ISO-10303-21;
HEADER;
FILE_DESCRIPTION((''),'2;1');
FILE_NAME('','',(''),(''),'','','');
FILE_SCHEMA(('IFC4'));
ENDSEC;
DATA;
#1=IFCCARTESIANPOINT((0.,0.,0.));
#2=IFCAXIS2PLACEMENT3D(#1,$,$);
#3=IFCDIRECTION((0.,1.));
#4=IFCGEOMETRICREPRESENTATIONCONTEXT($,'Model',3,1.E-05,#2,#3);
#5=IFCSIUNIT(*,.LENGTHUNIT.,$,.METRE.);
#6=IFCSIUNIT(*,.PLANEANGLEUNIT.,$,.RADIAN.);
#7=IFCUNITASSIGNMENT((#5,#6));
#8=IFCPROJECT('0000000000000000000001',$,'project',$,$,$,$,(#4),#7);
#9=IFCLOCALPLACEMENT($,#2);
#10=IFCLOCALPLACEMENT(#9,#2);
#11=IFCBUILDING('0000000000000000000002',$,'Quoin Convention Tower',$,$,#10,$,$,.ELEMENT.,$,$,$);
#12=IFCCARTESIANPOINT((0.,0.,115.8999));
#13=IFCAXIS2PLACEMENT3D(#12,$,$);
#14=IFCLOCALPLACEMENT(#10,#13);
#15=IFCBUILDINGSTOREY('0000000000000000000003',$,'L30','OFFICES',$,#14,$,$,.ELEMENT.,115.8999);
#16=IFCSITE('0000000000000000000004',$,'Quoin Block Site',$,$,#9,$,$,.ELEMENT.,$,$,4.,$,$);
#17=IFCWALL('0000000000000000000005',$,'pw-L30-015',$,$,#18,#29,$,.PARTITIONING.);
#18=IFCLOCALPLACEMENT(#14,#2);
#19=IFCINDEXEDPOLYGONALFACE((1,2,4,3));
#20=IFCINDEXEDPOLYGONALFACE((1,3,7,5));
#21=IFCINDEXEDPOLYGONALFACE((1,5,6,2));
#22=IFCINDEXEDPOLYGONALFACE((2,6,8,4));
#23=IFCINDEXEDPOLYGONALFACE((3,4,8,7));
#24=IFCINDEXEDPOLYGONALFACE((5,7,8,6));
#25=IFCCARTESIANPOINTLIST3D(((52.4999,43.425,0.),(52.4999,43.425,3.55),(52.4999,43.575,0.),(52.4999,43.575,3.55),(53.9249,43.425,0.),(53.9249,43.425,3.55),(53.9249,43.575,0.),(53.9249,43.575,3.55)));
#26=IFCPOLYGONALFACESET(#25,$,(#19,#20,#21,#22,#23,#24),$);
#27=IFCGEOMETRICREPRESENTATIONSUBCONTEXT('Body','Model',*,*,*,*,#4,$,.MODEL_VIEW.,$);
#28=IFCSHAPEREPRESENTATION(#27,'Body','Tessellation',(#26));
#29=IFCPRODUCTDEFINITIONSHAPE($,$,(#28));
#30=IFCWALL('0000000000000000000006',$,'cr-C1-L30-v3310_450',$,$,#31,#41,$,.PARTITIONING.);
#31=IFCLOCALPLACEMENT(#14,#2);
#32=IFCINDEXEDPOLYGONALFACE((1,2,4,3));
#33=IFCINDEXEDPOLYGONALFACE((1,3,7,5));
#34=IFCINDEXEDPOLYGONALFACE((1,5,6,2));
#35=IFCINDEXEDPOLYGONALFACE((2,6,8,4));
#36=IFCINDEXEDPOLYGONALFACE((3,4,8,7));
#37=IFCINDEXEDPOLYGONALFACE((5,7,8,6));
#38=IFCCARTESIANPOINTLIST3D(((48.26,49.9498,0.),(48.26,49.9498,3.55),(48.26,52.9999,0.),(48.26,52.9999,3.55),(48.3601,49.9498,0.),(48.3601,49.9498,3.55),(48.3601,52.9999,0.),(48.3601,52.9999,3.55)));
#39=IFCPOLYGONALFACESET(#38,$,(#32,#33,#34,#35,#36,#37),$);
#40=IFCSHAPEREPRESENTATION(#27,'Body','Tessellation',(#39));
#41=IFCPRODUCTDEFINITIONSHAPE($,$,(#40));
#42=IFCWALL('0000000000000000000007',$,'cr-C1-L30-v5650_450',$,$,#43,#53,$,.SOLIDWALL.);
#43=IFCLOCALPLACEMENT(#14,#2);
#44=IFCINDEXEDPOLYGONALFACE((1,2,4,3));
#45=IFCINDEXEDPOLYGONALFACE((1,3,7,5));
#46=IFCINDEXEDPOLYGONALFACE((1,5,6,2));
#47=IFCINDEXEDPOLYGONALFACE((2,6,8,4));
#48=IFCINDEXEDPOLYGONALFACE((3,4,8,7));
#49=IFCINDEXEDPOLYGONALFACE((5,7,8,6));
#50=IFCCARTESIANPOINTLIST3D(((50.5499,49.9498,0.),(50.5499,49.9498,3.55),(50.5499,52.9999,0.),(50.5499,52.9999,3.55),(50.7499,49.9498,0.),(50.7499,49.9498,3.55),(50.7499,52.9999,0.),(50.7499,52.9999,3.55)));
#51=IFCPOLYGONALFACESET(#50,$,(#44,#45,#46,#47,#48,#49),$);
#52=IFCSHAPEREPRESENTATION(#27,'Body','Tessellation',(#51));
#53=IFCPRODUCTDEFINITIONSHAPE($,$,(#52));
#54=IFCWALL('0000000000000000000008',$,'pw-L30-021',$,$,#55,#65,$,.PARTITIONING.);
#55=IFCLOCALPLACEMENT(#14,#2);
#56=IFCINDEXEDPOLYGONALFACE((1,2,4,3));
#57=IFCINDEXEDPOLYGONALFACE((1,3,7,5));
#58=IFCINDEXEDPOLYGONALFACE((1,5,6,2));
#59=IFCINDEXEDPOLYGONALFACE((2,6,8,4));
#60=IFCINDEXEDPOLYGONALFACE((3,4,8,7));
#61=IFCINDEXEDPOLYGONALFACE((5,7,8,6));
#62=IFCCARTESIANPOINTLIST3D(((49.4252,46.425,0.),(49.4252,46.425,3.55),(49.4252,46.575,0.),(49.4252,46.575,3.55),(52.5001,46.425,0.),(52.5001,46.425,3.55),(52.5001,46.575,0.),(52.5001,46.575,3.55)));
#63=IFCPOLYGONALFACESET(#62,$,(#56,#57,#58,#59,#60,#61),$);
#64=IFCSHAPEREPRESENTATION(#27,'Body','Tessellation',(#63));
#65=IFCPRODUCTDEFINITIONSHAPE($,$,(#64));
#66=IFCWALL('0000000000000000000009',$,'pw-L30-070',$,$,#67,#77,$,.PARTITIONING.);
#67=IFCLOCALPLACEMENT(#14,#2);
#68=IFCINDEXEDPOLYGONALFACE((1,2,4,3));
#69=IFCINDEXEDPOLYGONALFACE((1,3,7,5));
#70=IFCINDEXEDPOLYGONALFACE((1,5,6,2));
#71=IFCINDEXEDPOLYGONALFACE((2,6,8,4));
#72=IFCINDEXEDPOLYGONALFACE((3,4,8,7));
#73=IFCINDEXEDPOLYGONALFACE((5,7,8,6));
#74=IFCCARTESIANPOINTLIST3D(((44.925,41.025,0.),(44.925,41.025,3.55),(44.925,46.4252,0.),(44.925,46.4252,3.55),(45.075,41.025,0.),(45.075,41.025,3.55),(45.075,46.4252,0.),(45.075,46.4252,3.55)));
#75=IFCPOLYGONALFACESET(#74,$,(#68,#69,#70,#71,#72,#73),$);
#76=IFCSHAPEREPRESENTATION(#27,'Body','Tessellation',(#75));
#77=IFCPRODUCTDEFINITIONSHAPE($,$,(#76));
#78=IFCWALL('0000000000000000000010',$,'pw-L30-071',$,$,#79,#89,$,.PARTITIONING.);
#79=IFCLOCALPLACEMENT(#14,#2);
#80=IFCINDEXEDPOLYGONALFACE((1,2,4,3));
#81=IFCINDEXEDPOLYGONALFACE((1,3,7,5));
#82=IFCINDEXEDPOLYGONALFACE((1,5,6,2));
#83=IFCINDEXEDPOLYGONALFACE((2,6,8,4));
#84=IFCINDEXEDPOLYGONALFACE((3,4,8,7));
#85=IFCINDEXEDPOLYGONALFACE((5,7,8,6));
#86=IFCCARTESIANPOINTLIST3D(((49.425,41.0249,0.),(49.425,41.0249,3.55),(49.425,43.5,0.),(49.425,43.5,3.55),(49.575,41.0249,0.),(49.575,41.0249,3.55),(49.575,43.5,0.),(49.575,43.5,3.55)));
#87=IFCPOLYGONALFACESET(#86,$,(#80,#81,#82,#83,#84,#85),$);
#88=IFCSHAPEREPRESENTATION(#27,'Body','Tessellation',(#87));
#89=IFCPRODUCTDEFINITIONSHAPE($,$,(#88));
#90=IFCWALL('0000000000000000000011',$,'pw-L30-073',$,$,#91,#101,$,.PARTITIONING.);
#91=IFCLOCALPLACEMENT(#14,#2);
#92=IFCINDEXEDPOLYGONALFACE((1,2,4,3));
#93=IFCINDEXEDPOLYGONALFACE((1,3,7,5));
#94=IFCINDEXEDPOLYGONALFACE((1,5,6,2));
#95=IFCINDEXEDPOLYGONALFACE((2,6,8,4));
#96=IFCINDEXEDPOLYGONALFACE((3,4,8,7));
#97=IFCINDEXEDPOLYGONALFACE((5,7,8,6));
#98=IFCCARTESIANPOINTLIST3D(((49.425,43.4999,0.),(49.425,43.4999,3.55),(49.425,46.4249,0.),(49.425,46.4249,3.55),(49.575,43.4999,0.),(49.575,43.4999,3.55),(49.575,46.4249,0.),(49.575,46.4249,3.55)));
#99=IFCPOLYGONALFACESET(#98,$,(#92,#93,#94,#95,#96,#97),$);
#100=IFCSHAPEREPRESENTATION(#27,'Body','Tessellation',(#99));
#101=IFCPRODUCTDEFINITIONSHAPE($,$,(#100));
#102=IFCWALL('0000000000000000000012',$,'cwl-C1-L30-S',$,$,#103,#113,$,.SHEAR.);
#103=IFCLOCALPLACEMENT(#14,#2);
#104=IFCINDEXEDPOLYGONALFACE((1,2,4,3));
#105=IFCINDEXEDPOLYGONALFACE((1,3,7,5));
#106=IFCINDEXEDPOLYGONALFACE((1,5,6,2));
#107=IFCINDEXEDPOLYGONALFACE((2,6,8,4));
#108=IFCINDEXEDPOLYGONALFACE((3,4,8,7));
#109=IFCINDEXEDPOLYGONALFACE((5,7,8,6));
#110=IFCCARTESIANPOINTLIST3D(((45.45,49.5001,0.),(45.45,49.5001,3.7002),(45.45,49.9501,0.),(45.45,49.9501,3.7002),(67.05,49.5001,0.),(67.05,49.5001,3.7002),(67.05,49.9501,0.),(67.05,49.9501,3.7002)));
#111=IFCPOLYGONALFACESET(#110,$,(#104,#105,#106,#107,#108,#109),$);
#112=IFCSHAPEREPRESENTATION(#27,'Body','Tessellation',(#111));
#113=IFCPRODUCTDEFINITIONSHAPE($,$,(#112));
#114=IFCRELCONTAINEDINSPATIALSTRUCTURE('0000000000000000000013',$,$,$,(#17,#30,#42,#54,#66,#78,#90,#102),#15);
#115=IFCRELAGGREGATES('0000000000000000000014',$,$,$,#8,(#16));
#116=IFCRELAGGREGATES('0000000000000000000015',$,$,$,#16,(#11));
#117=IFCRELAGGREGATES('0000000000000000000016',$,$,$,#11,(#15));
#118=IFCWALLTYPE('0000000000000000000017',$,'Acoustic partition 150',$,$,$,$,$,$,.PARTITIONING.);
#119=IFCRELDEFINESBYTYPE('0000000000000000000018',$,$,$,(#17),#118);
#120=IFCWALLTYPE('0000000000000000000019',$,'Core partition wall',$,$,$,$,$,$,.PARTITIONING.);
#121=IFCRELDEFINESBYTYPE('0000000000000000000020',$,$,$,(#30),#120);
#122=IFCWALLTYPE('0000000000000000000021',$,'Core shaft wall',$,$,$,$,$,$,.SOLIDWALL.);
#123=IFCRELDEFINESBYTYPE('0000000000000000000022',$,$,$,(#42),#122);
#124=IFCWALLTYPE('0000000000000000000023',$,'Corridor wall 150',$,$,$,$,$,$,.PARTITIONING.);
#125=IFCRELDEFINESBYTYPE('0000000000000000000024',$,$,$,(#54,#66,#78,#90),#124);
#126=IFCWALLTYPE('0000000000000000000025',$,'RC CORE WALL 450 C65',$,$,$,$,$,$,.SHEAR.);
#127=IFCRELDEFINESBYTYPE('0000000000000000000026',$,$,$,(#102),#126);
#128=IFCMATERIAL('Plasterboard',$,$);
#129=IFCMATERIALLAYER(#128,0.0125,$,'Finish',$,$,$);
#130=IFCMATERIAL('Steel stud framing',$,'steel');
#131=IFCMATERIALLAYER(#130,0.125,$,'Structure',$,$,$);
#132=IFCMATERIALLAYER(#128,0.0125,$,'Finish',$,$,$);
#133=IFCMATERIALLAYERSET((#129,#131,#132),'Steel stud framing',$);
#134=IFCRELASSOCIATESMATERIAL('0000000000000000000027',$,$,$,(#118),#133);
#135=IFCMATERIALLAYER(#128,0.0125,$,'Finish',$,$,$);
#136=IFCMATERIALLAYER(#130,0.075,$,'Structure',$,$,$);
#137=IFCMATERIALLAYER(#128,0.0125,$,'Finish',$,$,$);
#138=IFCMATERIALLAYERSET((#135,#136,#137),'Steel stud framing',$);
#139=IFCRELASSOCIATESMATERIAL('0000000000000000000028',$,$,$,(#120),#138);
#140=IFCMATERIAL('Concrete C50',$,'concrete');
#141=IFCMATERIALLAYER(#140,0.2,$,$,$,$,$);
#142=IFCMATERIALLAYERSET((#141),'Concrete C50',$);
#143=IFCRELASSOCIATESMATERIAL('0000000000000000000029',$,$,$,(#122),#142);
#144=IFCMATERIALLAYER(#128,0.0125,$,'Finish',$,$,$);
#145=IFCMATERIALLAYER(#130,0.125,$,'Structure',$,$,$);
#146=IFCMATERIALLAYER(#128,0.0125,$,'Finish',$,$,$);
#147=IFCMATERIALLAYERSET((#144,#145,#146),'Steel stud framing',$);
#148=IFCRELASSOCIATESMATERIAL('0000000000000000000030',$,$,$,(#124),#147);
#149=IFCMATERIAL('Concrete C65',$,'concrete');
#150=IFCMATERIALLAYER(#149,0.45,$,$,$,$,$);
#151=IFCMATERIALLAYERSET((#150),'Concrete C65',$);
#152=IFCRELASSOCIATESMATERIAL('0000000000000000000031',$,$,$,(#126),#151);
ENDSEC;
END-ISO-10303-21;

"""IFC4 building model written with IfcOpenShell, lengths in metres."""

from ifc_helpers import new_model, si_unit, direction, frame, frame_2d, origin, place, context, subcontext, project, spatial, rectangle, extrude, material, layer, layer_set, type_object, element, save


model = new_model("IFC4")

# Units and contexts
model_context = context("Model", 3, precision=1e-05, world=origin(), true_north=direction((0.0, 1.0)))
body_context = subcontext(model_context, "Body", "Model", "MODEL_VIEW")
ifc_project = project(units=[si_unit("LENGTHUNIT", "METRE"), si_unit("PLANEANGLEUNIT", "RADIAN")], contexts=[model_context])

# Site, building, storey
site_placement = place(None, origin())
site = spatial("IfcSite", under=ifc_project, at=site_placement, Name="Quoin Block Site", CompositionType="ELEMENT", RefElevation=4.0)
building_placement = place(site_placement, origin())
building = spatial("IfcBuilding", under=site, at=building_placement, Name="Quoin Convention Tower", CompositionType="ELEMENT")
storey_placement = place(building_placement, frame((0.0, 0.0, 115.8999)))
storey = spatial("IfcBuildingStorey", under=building, at=storey_placement, Name="L30", Description="OFFICES", CompositionType="ELEMENT", Elevation=115.8999)

# Shared definitions
ifc_material_1 = material(Name="Plasterboard")
ifc_layer_1 = layer(ifc_material_1, 0.0125, Name="Finish")
ifc_material_2 = material(Name="Steel stud framing", Category="steel")
ifc_layer_2 = layer(ifc_material_2, 0.125, Name="Structure")
ifc_layer_3 = layer(ifc_material_1, 0.0125, Name="Finish")
ifc_layer_set_1 = layer_set([ifc_layer_1, ifc_layer_2, ifc_layer_3], Name="Steel stud framing")
wall_type_1 = type_object("IfcWallType", Name="Acoustic partition 150", PredefinedType="PARTITIONING", material=ifc_layer_set_1)

# Walls
wall_1_placement = place(storey_placement, frame((52.5, 43.5, 0.0), z_axis=(0.0, 0.0, 1.0), x_axis=(1.0, 0.0, 0.0)))
element("IfcWall", 1, at=wall_1_placement, inside=storey, type_object=wall_type_1, Name="pw-L30-015", PredefinedType="PARTITIONING", context=body_context, shape_type="SweptSolid", body=[
    extrude(rectangle(XDim=1.425, YDim=0.1499, at=frame_2d((0.7124, 0.0))), origin(), (0.0, 0.0, 1.0), 3.55),
])
ifc_layer_4 = layer(ifc_material_1, 0.0125, Name="Finish")
ifc_layer_5 = layer(ifc_material_2, 0.075, Name="Structure")
ifc_layer_6 = layer(ifc_material_1, 0.0125, Name="Finish")
ifc_layer_set_2 = layer_set([ifc_layer_4, ifc_layer_5, ifc_layer_6], Name="Steel stud framing")
wall_type_2 = type_object("IfcWallType", Name="Core partition wall", PredefinedType="PARTITIONING", material=ifc_layer_set_2)
wall_2_placement = place(storey_placement, frame((48.3101, 49.95, 0.0), z_axis=(0.0, 0.0, 1.0), x_axis=(0.0, 1.0, 0.0)))
element("IfcWall", 2, at=wall_2_placement, inside=storey, type_object=wall_type_2, Name="cr-C1-L30-v3310_450", PredefinedType="PARTITIONING", context=body_context, shape_type="SweptSolid", body=[
    extrude(rectangle(XDim=3.05, YDim=0.1001, at=frame_2d((1.5249, 0.0))), origin(), (0.0, 0.0, 1.0), 3.55),
])
ifc_material_3 = material(Name="Concrete C50", Category="concrete")
ifc_layer_7 = layer(ifc_material_3, 0.2)
ifc_layer_set_3 = layer_set([ifc_layer_7], Name="Concrete C50")
wall_type_3 = type_object("IfcWallType", Name="Core shaft wall", PredefinedType="SOLIDWALL", material=ifc_layer_set_3)
wall_3_placement = place(storey_placement, frame((50.6499, 49.95, 0.0), z_axis=(0.0, 0.0, 1.0), x_axis=(0.0, 1.0, 0.0)))
element("IfcWall", 3, at=wall_3_placement, inside=storey, type_object=wall_type_3, Name="cr-C1-L30-v5650_450", PredefinedType="SOLIDWALL", context=body_context, shape_type="SweptSolid", body=[
    extrude(rectangle(XDim=3.05, YDim=0.2, at=frame_2d((1.5249, 0.0))), origin(), (0.0, 0.0, 1.0), 3.55),
])
ifc_layer_8 = layer(ifc_material_1, 0.0125, Name="Finish")
ifc_layer_9 = layer(ifc_material_2, 0.125, Name="Structure")
ifc_layer_10 = layer(ifc_material_1, 0.0125, Name="Finish")
ifc_layer_set_4 = layer_set([ifc_layer_8, ifc_layer_9, ifc_layer_10], Name="Steel stud framing")
wall_type_4 = type_object("IfcWallType", Name="Corridor wall 150", PredefinedType="PARTITIONING", material=ifc_layer_set_4)
wall_4_placement = place(storey_placement, frame((49.425, 46.5, 0.0), z_axis=(0.0, 0.0, 1.0), x_axis=(1.0, 0.0, 0.0)))
element("IfcWall", 4, at=wall_4_placement, inside=storey, type_object=wall_type_4, Name="pw-L30-021", PredefinedType="PARTITIONING", context=body_context, shape_type="SweptSolid", body=[
    extrude(rectangle(XDim=3.075, YDim=0.1499, at=frame_2d((1.5376, 0.0))), origin(), (0.0, 0.0, 1.0), 3.55),
])
wall_5_placement = place(storey_placement, frame((45.0, 41.0249, 0.0), z_axis=(0.0, 0.0, 1.0), x_axis=(0.0, 1.0, 0.0)))
element("IfcWall", 5, at=wall_5_placement, inside=storey, type_object=wall_type_4, Name="pw-L30-070", PredefinedType="PARTITIONING", context=body_context, shape_type="SweptSolid", body=[
    extrude(rectangle(XDim=5.4001, YDim=0.1499, at=frame_2d((2.7002, 0.0))), origin(), (0.0, 0.0, 1.0), 3.55),
])
wall_6_placement = place(storey_placement, frame((49.5, 41.0249, 0.0), z_axis=(0.0, 0.0, 1.0), x_axis=(0.0, 1.0, 0.0)))
element("IfcWall", 6, at=wall_6_placement, inside=storey, type_object=wall_type_4, Name="pw-L30-071", PredefinedType="PARTITIONING", context=body_context, shape_type="SweptSolid", body=[
    extrude(rectangle(XDim=2.4751, YDim=0.1499, at=frame_2d((1.2375, 0.0))), origin(), (0.0, 0.0, 1.0), 3.55),
])
wall_7_placement = place(storey_placement, frame((49.5, 43.5, 0.0), z_axis=(0.0, 0.0, 1.0), x_axis=(0.0, 1.0, 0.0)))
element("IfcWall", 7, at=wall_7_placement, inside=storey, type_object=wall_type_4, Name="pw-L30-073", PredefinedType="PARTITIONING", context=body_context, shape_type="SweptSolid", body=[
    extrude(rectangle(XDim=2.925, YDim=0.1499, at=frame_2d((1.4624, 0.0))), origin(), (0.0, 0.0, 1.0), 3.55),
])
ifc_material_4 = material(Name="Concrete C65", Category="concrete")
ifc_layer_11 = layer(ifc_material_4, 0.45)
ifc_layer_set_5 = layer_set([ifc_layer_11], Name="Concrete C65")
wall_type_5 = type_object("IfcWallType", Name="RC CORE WALL 450 C65", PredefinedType="SHEAR", material=ifc_layer_set_5)
wall_8_placement = place(storey_placement, frame((45.45, 49.7251, 0.0), z_axis=(0.0, 0.0, 1.0), x_axis=(1.0, 0.0, 0.0)))
element("IfcWall", 8, at=wall_8_placement, inside=storey, type_object=wall_type_5, Name="cwl-C1-L30-S", PredefinedType="SHEAR", context=body_context, shape_type="SweptSolid", body=[
    extrude(rectangle(XDim=21.6001, YDim=0.45, at=frame_2d((10.8, 0.0))), origin(), (0.0, 0.0, 1.0), 3.7002),
])

save(model, "model.ifc")
